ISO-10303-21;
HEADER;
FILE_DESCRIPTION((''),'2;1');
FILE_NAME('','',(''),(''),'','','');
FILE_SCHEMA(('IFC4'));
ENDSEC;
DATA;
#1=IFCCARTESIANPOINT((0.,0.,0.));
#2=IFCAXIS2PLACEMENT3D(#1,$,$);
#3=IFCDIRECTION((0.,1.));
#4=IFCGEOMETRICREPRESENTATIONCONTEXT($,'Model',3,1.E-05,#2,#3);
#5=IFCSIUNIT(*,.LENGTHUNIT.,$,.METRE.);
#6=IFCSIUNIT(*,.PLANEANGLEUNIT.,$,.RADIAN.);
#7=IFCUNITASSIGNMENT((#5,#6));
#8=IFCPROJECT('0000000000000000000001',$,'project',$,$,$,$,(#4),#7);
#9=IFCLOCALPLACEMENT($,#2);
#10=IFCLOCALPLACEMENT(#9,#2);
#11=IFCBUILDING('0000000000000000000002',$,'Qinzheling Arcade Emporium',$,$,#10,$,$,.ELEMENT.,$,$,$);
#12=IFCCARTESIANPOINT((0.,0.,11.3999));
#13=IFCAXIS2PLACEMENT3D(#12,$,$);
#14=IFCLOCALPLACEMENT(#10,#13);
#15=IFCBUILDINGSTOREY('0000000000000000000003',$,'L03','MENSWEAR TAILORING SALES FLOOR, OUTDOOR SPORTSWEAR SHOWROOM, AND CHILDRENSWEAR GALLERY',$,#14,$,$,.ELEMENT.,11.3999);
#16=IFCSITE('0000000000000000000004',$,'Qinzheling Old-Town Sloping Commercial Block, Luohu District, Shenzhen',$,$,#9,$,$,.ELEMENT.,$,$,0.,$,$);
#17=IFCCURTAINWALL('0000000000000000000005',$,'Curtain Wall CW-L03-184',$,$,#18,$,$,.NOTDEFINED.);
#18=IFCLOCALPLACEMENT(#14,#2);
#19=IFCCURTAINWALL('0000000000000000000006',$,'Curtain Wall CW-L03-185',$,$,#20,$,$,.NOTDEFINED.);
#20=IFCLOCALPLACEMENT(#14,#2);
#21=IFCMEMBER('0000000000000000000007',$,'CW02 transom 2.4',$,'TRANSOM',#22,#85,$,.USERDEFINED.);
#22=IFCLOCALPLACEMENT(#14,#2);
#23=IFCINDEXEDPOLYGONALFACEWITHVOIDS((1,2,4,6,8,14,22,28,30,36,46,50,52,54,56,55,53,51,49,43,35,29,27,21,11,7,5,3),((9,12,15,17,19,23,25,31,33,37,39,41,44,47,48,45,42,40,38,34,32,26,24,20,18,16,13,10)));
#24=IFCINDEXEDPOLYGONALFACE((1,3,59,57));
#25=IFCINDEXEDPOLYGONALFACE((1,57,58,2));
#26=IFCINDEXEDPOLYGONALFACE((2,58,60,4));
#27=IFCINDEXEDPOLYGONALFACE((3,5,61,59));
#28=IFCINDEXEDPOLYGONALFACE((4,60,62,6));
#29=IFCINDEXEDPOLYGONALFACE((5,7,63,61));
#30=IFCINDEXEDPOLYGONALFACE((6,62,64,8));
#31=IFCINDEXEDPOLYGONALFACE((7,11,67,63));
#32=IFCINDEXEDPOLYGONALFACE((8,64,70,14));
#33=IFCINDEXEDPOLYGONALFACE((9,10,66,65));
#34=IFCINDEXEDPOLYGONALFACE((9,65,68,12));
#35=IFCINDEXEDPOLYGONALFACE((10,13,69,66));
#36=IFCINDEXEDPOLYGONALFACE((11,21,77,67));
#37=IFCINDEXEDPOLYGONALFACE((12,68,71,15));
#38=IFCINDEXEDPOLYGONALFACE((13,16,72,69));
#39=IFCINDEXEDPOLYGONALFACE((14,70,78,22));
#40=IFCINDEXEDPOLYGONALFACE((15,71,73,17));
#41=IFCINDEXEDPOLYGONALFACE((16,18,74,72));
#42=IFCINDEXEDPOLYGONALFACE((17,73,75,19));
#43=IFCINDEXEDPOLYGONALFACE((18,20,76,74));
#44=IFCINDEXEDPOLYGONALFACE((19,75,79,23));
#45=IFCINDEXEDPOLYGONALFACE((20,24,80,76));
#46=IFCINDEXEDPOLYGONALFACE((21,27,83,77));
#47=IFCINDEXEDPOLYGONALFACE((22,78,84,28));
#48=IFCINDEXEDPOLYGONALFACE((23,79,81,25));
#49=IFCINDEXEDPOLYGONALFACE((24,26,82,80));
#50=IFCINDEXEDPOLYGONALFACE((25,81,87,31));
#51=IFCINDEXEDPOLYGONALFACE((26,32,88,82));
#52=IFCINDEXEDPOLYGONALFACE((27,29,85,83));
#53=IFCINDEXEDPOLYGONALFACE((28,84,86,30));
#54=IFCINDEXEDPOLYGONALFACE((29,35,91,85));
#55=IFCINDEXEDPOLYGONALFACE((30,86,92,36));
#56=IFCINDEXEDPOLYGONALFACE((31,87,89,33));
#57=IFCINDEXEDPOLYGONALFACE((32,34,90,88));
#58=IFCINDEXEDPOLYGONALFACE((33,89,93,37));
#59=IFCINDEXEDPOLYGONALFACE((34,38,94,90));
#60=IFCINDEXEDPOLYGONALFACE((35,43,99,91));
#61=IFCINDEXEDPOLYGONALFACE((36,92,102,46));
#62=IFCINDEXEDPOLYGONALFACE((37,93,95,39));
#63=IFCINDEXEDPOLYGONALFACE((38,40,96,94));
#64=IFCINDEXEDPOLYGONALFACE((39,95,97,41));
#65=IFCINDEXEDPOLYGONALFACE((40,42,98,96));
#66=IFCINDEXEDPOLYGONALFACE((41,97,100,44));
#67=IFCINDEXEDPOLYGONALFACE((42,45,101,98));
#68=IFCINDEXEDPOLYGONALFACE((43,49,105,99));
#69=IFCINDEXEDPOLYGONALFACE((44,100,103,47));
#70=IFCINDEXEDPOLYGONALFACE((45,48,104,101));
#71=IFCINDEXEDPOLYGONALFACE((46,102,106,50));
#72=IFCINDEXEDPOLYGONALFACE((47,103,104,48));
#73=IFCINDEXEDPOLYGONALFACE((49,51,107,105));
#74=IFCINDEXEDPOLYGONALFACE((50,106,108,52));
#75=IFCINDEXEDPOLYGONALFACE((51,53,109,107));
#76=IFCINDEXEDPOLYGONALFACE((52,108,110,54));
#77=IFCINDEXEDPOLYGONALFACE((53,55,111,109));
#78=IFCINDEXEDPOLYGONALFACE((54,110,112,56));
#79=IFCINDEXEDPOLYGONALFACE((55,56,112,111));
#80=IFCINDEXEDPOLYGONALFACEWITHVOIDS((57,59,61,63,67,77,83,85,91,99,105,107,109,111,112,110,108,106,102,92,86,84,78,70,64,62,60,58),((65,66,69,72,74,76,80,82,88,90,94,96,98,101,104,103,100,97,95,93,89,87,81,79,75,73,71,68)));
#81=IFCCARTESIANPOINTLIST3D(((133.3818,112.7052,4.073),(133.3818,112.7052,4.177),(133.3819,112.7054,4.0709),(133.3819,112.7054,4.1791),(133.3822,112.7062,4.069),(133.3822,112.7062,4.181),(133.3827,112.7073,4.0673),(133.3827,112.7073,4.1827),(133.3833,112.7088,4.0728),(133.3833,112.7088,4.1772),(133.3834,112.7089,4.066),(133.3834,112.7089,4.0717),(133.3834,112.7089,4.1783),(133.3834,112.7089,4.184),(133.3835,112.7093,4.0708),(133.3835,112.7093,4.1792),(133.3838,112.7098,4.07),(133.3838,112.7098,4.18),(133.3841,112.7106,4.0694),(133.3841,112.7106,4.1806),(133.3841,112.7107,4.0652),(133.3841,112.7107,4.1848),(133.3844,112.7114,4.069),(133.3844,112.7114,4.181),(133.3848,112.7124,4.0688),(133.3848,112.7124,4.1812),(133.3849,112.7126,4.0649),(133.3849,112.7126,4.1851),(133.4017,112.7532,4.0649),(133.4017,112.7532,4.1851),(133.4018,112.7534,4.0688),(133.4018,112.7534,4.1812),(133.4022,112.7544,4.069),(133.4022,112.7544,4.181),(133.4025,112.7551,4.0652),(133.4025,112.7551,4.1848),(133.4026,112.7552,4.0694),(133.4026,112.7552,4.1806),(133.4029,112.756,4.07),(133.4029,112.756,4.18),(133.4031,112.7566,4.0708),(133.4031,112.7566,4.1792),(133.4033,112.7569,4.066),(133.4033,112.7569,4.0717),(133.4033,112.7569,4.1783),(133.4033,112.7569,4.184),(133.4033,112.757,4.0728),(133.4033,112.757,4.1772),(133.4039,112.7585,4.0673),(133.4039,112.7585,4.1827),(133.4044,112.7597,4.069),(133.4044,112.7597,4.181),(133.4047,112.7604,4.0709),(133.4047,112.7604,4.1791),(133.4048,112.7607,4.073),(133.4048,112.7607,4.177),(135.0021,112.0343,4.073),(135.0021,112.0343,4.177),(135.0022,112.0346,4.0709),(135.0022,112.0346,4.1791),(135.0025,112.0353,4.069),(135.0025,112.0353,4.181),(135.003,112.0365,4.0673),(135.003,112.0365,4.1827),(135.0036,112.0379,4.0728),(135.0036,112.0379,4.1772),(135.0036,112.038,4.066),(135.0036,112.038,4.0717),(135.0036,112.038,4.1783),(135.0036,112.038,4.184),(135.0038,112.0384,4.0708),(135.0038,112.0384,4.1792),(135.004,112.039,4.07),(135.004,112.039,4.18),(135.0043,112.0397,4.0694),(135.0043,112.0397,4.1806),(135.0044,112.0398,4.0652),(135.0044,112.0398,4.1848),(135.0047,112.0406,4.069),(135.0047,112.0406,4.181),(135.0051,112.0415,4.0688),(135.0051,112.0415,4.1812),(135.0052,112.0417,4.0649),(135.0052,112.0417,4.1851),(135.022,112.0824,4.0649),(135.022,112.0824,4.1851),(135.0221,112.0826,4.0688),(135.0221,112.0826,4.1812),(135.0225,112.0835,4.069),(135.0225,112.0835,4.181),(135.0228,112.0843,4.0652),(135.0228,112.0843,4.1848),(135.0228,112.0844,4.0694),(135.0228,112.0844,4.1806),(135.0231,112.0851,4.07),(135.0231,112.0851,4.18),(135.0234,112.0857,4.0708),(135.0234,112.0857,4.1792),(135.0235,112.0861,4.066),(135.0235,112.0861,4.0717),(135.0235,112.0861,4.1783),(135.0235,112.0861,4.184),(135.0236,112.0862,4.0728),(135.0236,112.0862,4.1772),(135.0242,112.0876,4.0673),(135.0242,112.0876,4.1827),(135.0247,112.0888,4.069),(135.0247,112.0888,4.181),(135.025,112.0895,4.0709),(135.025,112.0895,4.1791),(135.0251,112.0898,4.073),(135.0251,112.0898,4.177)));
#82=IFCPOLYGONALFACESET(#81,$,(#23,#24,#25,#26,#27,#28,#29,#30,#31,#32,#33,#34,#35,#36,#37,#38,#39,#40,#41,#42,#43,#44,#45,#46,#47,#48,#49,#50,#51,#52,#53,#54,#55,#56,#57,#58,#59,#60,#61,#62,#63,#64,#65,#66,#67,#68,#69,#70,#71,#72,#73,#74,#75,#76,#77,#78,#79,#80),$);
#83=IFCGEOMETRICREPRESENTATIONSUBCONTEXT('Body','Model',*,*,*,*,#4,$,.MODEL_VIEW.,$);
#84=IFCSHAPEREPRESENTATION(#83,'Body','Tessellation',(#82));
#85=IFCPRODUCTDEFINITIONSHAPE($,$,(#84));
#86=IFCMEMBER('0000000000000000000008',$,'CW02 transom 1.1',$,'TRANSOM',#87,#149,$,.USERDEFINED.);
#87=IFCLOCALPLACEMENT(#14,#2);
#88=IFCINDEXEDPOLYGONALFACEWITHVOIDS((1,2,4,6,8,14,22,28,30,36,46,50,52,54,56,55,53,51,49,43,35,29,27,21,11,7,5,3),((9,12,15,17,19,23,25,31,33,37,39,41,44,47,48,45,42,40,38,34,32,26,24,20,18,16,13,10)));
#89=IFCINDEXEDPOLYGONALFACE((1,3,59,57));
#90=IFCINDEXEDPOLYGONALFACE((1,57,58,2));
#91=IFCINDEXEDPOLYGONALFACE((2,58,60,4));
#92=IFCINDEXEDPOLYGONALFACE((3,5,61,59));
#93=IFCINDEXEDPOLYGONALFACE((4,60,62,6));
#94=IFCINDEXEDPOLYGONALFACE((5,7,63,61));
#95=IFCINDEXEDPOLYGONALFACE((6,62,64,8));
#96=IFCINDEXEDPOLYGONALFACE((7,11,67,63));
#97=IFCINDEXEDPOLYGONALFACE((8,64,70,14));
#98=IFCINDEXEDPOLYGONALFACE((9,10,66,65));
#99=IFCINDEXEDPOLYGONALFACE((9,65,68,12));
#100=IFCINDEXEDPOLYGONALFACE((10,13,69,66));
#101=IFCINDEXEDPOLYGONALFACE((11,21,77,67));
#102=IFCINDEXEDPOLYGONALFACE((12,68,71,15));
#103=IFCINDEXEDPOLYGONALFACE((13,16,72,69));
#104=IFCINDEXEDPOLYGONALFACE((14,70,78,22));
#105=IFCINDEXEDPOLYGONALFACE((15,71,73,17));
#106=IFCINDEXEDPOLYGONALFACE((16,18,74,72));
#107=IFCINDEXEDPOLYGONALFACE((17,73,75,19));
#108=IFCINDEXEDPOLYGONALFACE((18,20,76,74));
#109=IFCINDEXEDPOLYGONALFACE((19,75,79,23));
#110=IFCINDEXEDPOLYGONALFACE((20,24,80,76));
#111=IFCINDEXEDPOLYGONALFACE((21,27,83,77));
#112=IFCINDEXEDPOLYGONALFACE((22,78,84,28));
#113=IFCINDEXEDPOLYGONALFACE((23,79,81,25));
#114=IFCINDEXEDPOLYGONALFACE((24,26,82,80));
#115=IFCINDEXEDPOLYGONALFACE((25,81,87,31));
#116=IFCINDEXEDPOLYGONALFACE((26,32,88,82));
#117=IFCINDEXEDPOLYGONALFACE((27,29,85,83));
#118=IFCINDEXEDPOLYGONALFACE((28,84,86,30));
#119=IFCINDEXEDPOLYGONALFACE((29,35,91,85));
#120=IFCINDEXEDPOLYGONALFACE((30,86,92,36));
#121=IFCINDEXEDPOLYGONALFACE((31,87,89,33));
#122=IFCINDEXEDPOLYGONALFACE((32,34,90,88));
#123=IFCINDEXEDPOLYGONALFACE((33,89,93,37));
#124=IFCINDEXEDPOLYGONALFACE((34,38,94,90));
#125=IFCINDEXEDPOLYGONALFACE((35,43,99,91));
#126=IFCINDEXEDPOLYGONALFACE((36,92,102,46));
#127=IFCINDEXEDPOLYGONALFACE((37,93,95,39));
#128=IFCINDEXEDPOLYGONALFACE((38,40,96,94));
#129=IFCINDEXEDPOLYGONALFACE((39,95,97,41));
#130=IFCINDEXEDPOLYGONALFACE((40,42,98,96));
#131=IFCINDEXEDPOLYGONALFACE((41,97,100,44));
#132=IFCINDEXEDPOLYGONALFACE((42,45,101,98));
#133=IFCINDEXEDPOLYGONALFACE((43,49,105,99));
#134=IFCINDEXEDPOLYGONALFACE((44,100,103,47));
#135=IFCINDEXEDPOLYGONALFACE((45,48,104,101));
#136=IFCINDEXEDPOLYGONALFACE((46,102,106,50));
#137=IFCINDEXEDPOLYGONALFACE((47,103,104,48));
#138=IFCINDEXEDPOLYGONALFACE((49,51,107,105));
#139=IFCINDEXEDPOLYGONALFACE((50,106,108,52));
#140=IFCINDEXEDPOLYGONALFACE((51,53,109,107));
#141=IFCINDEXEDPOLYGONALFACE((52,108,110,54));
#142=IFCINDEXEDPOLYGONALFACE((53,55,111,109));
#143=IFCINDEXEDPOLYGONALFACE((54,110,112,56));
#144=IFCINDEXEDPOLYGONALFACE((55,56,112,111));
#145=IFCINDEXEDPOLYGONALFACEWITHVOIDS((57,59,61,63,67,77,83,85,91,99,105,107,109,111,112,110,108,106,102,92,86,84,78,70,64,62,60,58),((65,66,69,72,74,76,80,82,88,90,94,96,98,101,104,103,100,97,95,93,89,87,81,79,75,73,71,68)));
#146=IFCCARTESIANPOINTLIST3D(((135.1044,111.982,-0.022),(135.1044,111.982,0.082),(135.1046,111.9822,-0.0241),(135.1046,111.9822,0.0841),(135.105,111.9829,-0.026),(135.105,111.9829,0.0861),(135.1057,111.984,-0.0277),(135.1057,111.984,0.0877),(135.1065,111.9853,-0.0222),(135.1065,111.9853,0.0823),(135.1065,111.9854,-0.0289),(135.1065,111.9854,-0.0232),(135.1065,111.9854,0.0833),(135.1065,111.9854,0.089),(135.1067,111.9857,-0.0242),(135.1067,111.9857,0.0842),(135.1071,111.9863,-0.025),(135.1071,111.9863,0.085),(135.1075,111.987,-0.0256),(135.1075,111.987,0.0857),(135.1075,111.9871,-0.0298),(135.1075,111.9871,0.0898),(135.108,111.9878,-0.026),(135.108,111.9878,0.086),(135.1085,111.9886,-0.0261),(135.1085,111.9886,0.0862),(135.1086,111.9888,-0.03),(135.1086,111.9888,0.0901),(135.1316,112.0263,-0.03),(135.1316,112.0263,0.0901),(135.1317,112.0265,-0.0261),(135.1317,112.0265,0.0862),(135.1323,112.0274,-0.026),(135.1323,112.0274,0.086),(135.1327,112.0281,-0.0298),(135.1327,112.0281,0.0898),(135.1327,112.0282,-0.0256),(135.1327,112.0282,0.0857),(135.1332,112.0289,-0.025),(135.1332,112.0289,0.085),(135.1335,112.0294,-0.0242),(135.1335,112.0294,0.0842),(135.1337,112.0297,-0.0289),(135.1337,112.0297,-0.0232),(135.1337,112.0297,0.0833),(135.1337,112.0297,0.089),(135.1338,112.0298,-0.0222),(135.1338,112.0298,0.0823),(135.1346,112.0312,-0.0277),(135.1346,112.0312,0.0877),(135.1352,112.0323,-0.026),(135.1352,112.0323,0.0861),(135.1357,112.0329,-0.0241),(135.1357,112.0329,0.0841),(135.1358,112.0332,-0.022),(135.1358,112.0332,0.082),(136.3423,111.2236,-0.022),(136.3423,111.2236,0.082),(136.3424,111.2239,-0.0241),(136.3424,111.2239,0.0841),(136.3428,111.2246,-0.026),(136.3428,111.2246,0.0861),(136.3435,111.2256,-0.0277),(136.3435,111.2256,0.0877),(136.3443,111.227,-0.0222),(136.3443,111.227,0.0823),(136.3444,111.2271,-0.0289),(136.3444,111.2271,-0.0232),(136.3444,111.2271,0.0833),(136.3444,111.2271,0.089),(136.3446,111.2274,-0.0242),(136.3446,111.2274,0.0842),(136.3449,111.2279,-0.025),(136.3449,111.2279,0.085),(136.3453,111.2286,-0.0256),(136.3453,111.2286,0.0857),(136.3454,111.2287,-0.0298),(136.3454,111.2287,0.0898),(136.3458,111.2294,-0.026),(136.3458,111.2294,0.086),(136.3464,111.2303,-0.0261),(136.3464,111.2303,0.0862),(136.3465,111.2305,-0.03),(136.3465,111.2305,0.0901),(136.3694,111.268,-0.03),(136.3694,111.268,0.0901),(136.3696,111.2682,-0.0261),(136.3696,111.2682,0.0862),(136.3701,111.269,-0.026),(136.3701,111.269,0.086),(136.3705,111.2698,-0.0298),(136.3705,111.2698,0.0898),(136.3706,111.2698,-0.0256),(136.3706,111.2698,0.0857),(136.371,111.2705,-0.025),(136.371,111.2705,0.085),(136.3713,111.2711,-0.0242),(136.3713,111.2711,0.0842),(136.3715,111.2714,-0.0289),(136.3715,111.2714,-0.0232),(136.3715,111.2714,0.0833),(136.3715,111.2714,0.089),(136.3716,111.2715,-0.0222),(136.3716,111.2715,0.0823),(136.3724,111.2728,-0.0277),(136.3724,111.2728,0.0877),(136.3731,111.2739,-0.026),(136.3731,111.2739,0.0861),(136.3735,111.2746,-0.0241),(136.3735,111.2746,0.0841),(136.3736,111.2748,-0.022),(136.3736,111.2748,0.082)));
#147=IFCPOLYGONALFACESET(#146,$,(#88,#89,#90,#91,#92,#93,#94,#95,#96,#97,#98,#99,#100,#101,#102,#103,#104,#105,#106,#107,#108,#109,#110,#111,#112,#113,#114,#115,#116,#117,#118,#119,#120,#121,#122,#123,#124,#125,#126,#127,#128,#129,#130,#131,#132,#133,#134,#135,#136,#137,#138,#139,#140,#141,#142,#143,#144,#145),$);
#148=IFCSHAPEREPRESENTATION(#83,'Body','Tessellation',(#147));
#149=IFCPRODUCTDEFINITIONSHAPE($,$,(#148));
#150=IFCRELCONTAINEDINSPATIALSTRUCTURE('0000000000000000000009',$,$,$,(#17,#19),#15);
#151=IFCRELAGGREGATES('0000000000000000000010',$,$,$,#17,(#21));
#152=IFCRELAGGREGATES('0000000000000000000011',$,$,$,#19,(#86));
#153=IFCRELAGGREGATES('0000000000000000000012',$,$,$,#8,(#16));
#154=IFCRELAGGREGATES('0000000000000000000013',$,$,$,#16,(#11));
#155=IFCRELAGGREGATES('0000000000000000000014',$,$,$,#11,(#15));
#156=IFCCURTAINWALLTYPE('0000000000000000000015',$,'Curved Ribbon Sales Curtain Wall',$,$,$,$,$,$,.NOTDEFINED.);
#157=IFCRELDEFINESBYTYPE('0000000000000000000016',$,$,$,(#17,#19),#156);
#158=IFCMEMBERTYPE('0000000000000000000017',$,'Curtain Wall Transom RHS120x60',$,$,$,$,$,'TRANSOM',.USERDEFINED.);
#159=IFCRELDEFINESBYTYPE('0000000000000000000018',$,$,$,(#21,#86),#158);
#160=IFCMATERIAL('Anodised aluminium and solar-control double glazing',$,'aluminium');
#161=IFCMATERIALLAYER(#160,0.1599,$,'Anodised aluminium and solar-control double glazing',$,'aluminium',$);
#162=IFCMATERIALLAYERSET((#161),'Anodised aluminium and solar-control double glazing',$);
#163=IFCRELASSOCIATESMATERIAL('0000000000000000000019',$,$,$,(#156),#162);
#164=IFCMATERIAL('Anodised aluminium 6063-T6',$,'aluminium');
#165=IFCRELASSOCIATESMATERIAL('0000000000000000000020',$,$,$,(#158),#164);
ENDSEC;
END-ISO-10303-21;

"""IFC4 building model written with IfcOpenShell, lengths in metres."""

from ifc_helpers import new_model, si_unit, direction, frame, origin, origin_2d, place, context, subcontext, project, spatial, hollow_rectangle, extrude, material, layer, layer_set, material_profile, profile_set, type_object, element, aggregate, save


model = new_model("IFC4")

# Units and contexts
model_context = context("Model", 3, precision=1e-05, world=origin(), true_north=direction((0.0, 1.0)))
body_context = subcontext(model_context, "Body", "Model", "MODEL_VIEW")
ifc_project = project(units=[si_unit("LENGTHUNIT", "METRE"), si_unit("PLANEANGLEUNIT", "RADIAN")], contexts=[model_context])

# Site, building, storey
site_placement = place(None, origin())
site = spatial("IfcSite", under=ifc_project, at=site_placement, Name="Qinzheling Old-Town Sloping Commercial Block, Luohu District, Shenzhen", CompositionType="ELEMENT", RefElevation=0.0)
building_placement = place(site_placement, origin())
building = spatial("IfcBuilding", under=site, at=building_placement, Name="Qinzheling Arcade Emporium", CompositionType="ELEMENT")
storey_placement = place(building_placement, frame((0.0, 0.0, 11.3999)))
storey = spatial("IfcBuildingStorey", under=building, at=storey_placement, Name="L03", Description="MENSWEAR TAILORING SALES FLOOR, OUTDOOR SPORTSWEAR SHOWROOM, AND CHILDRENSWEAR GALLERY", CompositionType="ELEMENT", Elevation=11.3999)

# Curtain walls
ifc_material_1 = material(Name="Anodised aluminium and solar-control double glazing", Category="aluminium")
ifc_layer_1 = layer(ifc_material_1, 0.1599, Name="Anodised aluminium and solar-control double glazing", Category="aluminium")
ifc_layer_set_1 = layer_set([ifc_layer_1], Name="Anodised aluminium and solar-control double glazing")
curtain_wall_type = type_object("IfcCurtainWallType", Name="Curved Ribbon Sales Curtain Wall", PredefinedType="NOTDEFINED", material=ifc_layer_set_1)
curtain_wall_1_placement = place(storey_placement, origin())
curtain_wall_1 = element("IfcCurtainWall", 1, at=curtain_wall_1_placement, inside=storey, type_object=curtain_wall_type, Name="Curtain Wall CW-L03-184", PredefinedType="NOTDEFINED")
ifc_material_2 = material(Name="Anodised aluminium 6063-T6", Category="aluminium")
curtain_wall_2_placement = place(storey_placement, origin())
curtain_wall_2 = element("IfcCurtainWall", 2, at=curtain_wall_2_placement, inside=storey, type_object=curtain_wall_type, Name="Curtain Wall CW-L03-185", PredefinedType="NOTDEFINED")

# Members
ifc_material_profile_1 = material_profile(ifc_material_2, hollow_rectangle(XDim=0.0601, YDim=0.1201, WallThickness=0.0039, InnerFilletRadius=0.0039, OuterFilletRadius=0.0081, at=origin_2d()), Name="RHS 120x60x4", Category="aluminium")
ifc_profile_set_1 = profile_set([ifc_material_profile_1], Name="Anodised aluminium 6063-T6")
member_type_1 = type_object("IfcMemberType", Name="Curtain Wall Transom RHS120x60", ElementType="TRANSOM", PredefinedType="USERDEFINED", material=ifc_profile_set_1)
member_1_placement = place(storey_placement, frame((133.3933, 112.7329, 4.125), z_axis=(0.923935, -0.382549, 0.0), x_axis=(0.382549, 0.923935, 0.0)))
member_1 = element("IfcMember", 3, at=member_1_placement, type_object=member_type_1, Name="CW02 transom 2.4", ObjectType="TRANSOM", PredefinedType="USERDEFINED", context=body_context, shape_type="SweptSolid", body=[
    extrude(hollow_rectangle(XDim=0.0601, YDim=0.1201, WallThickness=0.0039, InnerFilletRadius=0.0039, OuterFilletRadius=0.0081, at=origin_2d()), origin(), (0.0, 0.0, 1.0), 1.7537),
])
member_2_placement = place(storey_placement, frame((135.1201, 112.0076, 0.03), z_axis=(0.852708, -0.522389, 0.0), x_axis=(0.522389, 0.852708, 0.0)))
member_2 = element("IfcMember", 4, at=member_2_placement, type_object=member_type_1, Name="CW02 transom 1.1", ObjectType="TRANSOM", PredefinedType="USERDEFINED", context=body_context, shape_type="SweptSolid", body=[
    extrude(hollow_rectangle(XDim=0.0601, YDim=0.1201, WallThickness=0.0039, InnerFilletRadius=0.0039, OuterFilletRadius=0.0081, at=origin_2d()), origin(), (0.0, 0.0, 1.0), 1.4517),
])

aggregate(curtain_wall_1, [member_1])
aggregate(curtain_wall_2, [member_2])

save(model, "model.ifc")
